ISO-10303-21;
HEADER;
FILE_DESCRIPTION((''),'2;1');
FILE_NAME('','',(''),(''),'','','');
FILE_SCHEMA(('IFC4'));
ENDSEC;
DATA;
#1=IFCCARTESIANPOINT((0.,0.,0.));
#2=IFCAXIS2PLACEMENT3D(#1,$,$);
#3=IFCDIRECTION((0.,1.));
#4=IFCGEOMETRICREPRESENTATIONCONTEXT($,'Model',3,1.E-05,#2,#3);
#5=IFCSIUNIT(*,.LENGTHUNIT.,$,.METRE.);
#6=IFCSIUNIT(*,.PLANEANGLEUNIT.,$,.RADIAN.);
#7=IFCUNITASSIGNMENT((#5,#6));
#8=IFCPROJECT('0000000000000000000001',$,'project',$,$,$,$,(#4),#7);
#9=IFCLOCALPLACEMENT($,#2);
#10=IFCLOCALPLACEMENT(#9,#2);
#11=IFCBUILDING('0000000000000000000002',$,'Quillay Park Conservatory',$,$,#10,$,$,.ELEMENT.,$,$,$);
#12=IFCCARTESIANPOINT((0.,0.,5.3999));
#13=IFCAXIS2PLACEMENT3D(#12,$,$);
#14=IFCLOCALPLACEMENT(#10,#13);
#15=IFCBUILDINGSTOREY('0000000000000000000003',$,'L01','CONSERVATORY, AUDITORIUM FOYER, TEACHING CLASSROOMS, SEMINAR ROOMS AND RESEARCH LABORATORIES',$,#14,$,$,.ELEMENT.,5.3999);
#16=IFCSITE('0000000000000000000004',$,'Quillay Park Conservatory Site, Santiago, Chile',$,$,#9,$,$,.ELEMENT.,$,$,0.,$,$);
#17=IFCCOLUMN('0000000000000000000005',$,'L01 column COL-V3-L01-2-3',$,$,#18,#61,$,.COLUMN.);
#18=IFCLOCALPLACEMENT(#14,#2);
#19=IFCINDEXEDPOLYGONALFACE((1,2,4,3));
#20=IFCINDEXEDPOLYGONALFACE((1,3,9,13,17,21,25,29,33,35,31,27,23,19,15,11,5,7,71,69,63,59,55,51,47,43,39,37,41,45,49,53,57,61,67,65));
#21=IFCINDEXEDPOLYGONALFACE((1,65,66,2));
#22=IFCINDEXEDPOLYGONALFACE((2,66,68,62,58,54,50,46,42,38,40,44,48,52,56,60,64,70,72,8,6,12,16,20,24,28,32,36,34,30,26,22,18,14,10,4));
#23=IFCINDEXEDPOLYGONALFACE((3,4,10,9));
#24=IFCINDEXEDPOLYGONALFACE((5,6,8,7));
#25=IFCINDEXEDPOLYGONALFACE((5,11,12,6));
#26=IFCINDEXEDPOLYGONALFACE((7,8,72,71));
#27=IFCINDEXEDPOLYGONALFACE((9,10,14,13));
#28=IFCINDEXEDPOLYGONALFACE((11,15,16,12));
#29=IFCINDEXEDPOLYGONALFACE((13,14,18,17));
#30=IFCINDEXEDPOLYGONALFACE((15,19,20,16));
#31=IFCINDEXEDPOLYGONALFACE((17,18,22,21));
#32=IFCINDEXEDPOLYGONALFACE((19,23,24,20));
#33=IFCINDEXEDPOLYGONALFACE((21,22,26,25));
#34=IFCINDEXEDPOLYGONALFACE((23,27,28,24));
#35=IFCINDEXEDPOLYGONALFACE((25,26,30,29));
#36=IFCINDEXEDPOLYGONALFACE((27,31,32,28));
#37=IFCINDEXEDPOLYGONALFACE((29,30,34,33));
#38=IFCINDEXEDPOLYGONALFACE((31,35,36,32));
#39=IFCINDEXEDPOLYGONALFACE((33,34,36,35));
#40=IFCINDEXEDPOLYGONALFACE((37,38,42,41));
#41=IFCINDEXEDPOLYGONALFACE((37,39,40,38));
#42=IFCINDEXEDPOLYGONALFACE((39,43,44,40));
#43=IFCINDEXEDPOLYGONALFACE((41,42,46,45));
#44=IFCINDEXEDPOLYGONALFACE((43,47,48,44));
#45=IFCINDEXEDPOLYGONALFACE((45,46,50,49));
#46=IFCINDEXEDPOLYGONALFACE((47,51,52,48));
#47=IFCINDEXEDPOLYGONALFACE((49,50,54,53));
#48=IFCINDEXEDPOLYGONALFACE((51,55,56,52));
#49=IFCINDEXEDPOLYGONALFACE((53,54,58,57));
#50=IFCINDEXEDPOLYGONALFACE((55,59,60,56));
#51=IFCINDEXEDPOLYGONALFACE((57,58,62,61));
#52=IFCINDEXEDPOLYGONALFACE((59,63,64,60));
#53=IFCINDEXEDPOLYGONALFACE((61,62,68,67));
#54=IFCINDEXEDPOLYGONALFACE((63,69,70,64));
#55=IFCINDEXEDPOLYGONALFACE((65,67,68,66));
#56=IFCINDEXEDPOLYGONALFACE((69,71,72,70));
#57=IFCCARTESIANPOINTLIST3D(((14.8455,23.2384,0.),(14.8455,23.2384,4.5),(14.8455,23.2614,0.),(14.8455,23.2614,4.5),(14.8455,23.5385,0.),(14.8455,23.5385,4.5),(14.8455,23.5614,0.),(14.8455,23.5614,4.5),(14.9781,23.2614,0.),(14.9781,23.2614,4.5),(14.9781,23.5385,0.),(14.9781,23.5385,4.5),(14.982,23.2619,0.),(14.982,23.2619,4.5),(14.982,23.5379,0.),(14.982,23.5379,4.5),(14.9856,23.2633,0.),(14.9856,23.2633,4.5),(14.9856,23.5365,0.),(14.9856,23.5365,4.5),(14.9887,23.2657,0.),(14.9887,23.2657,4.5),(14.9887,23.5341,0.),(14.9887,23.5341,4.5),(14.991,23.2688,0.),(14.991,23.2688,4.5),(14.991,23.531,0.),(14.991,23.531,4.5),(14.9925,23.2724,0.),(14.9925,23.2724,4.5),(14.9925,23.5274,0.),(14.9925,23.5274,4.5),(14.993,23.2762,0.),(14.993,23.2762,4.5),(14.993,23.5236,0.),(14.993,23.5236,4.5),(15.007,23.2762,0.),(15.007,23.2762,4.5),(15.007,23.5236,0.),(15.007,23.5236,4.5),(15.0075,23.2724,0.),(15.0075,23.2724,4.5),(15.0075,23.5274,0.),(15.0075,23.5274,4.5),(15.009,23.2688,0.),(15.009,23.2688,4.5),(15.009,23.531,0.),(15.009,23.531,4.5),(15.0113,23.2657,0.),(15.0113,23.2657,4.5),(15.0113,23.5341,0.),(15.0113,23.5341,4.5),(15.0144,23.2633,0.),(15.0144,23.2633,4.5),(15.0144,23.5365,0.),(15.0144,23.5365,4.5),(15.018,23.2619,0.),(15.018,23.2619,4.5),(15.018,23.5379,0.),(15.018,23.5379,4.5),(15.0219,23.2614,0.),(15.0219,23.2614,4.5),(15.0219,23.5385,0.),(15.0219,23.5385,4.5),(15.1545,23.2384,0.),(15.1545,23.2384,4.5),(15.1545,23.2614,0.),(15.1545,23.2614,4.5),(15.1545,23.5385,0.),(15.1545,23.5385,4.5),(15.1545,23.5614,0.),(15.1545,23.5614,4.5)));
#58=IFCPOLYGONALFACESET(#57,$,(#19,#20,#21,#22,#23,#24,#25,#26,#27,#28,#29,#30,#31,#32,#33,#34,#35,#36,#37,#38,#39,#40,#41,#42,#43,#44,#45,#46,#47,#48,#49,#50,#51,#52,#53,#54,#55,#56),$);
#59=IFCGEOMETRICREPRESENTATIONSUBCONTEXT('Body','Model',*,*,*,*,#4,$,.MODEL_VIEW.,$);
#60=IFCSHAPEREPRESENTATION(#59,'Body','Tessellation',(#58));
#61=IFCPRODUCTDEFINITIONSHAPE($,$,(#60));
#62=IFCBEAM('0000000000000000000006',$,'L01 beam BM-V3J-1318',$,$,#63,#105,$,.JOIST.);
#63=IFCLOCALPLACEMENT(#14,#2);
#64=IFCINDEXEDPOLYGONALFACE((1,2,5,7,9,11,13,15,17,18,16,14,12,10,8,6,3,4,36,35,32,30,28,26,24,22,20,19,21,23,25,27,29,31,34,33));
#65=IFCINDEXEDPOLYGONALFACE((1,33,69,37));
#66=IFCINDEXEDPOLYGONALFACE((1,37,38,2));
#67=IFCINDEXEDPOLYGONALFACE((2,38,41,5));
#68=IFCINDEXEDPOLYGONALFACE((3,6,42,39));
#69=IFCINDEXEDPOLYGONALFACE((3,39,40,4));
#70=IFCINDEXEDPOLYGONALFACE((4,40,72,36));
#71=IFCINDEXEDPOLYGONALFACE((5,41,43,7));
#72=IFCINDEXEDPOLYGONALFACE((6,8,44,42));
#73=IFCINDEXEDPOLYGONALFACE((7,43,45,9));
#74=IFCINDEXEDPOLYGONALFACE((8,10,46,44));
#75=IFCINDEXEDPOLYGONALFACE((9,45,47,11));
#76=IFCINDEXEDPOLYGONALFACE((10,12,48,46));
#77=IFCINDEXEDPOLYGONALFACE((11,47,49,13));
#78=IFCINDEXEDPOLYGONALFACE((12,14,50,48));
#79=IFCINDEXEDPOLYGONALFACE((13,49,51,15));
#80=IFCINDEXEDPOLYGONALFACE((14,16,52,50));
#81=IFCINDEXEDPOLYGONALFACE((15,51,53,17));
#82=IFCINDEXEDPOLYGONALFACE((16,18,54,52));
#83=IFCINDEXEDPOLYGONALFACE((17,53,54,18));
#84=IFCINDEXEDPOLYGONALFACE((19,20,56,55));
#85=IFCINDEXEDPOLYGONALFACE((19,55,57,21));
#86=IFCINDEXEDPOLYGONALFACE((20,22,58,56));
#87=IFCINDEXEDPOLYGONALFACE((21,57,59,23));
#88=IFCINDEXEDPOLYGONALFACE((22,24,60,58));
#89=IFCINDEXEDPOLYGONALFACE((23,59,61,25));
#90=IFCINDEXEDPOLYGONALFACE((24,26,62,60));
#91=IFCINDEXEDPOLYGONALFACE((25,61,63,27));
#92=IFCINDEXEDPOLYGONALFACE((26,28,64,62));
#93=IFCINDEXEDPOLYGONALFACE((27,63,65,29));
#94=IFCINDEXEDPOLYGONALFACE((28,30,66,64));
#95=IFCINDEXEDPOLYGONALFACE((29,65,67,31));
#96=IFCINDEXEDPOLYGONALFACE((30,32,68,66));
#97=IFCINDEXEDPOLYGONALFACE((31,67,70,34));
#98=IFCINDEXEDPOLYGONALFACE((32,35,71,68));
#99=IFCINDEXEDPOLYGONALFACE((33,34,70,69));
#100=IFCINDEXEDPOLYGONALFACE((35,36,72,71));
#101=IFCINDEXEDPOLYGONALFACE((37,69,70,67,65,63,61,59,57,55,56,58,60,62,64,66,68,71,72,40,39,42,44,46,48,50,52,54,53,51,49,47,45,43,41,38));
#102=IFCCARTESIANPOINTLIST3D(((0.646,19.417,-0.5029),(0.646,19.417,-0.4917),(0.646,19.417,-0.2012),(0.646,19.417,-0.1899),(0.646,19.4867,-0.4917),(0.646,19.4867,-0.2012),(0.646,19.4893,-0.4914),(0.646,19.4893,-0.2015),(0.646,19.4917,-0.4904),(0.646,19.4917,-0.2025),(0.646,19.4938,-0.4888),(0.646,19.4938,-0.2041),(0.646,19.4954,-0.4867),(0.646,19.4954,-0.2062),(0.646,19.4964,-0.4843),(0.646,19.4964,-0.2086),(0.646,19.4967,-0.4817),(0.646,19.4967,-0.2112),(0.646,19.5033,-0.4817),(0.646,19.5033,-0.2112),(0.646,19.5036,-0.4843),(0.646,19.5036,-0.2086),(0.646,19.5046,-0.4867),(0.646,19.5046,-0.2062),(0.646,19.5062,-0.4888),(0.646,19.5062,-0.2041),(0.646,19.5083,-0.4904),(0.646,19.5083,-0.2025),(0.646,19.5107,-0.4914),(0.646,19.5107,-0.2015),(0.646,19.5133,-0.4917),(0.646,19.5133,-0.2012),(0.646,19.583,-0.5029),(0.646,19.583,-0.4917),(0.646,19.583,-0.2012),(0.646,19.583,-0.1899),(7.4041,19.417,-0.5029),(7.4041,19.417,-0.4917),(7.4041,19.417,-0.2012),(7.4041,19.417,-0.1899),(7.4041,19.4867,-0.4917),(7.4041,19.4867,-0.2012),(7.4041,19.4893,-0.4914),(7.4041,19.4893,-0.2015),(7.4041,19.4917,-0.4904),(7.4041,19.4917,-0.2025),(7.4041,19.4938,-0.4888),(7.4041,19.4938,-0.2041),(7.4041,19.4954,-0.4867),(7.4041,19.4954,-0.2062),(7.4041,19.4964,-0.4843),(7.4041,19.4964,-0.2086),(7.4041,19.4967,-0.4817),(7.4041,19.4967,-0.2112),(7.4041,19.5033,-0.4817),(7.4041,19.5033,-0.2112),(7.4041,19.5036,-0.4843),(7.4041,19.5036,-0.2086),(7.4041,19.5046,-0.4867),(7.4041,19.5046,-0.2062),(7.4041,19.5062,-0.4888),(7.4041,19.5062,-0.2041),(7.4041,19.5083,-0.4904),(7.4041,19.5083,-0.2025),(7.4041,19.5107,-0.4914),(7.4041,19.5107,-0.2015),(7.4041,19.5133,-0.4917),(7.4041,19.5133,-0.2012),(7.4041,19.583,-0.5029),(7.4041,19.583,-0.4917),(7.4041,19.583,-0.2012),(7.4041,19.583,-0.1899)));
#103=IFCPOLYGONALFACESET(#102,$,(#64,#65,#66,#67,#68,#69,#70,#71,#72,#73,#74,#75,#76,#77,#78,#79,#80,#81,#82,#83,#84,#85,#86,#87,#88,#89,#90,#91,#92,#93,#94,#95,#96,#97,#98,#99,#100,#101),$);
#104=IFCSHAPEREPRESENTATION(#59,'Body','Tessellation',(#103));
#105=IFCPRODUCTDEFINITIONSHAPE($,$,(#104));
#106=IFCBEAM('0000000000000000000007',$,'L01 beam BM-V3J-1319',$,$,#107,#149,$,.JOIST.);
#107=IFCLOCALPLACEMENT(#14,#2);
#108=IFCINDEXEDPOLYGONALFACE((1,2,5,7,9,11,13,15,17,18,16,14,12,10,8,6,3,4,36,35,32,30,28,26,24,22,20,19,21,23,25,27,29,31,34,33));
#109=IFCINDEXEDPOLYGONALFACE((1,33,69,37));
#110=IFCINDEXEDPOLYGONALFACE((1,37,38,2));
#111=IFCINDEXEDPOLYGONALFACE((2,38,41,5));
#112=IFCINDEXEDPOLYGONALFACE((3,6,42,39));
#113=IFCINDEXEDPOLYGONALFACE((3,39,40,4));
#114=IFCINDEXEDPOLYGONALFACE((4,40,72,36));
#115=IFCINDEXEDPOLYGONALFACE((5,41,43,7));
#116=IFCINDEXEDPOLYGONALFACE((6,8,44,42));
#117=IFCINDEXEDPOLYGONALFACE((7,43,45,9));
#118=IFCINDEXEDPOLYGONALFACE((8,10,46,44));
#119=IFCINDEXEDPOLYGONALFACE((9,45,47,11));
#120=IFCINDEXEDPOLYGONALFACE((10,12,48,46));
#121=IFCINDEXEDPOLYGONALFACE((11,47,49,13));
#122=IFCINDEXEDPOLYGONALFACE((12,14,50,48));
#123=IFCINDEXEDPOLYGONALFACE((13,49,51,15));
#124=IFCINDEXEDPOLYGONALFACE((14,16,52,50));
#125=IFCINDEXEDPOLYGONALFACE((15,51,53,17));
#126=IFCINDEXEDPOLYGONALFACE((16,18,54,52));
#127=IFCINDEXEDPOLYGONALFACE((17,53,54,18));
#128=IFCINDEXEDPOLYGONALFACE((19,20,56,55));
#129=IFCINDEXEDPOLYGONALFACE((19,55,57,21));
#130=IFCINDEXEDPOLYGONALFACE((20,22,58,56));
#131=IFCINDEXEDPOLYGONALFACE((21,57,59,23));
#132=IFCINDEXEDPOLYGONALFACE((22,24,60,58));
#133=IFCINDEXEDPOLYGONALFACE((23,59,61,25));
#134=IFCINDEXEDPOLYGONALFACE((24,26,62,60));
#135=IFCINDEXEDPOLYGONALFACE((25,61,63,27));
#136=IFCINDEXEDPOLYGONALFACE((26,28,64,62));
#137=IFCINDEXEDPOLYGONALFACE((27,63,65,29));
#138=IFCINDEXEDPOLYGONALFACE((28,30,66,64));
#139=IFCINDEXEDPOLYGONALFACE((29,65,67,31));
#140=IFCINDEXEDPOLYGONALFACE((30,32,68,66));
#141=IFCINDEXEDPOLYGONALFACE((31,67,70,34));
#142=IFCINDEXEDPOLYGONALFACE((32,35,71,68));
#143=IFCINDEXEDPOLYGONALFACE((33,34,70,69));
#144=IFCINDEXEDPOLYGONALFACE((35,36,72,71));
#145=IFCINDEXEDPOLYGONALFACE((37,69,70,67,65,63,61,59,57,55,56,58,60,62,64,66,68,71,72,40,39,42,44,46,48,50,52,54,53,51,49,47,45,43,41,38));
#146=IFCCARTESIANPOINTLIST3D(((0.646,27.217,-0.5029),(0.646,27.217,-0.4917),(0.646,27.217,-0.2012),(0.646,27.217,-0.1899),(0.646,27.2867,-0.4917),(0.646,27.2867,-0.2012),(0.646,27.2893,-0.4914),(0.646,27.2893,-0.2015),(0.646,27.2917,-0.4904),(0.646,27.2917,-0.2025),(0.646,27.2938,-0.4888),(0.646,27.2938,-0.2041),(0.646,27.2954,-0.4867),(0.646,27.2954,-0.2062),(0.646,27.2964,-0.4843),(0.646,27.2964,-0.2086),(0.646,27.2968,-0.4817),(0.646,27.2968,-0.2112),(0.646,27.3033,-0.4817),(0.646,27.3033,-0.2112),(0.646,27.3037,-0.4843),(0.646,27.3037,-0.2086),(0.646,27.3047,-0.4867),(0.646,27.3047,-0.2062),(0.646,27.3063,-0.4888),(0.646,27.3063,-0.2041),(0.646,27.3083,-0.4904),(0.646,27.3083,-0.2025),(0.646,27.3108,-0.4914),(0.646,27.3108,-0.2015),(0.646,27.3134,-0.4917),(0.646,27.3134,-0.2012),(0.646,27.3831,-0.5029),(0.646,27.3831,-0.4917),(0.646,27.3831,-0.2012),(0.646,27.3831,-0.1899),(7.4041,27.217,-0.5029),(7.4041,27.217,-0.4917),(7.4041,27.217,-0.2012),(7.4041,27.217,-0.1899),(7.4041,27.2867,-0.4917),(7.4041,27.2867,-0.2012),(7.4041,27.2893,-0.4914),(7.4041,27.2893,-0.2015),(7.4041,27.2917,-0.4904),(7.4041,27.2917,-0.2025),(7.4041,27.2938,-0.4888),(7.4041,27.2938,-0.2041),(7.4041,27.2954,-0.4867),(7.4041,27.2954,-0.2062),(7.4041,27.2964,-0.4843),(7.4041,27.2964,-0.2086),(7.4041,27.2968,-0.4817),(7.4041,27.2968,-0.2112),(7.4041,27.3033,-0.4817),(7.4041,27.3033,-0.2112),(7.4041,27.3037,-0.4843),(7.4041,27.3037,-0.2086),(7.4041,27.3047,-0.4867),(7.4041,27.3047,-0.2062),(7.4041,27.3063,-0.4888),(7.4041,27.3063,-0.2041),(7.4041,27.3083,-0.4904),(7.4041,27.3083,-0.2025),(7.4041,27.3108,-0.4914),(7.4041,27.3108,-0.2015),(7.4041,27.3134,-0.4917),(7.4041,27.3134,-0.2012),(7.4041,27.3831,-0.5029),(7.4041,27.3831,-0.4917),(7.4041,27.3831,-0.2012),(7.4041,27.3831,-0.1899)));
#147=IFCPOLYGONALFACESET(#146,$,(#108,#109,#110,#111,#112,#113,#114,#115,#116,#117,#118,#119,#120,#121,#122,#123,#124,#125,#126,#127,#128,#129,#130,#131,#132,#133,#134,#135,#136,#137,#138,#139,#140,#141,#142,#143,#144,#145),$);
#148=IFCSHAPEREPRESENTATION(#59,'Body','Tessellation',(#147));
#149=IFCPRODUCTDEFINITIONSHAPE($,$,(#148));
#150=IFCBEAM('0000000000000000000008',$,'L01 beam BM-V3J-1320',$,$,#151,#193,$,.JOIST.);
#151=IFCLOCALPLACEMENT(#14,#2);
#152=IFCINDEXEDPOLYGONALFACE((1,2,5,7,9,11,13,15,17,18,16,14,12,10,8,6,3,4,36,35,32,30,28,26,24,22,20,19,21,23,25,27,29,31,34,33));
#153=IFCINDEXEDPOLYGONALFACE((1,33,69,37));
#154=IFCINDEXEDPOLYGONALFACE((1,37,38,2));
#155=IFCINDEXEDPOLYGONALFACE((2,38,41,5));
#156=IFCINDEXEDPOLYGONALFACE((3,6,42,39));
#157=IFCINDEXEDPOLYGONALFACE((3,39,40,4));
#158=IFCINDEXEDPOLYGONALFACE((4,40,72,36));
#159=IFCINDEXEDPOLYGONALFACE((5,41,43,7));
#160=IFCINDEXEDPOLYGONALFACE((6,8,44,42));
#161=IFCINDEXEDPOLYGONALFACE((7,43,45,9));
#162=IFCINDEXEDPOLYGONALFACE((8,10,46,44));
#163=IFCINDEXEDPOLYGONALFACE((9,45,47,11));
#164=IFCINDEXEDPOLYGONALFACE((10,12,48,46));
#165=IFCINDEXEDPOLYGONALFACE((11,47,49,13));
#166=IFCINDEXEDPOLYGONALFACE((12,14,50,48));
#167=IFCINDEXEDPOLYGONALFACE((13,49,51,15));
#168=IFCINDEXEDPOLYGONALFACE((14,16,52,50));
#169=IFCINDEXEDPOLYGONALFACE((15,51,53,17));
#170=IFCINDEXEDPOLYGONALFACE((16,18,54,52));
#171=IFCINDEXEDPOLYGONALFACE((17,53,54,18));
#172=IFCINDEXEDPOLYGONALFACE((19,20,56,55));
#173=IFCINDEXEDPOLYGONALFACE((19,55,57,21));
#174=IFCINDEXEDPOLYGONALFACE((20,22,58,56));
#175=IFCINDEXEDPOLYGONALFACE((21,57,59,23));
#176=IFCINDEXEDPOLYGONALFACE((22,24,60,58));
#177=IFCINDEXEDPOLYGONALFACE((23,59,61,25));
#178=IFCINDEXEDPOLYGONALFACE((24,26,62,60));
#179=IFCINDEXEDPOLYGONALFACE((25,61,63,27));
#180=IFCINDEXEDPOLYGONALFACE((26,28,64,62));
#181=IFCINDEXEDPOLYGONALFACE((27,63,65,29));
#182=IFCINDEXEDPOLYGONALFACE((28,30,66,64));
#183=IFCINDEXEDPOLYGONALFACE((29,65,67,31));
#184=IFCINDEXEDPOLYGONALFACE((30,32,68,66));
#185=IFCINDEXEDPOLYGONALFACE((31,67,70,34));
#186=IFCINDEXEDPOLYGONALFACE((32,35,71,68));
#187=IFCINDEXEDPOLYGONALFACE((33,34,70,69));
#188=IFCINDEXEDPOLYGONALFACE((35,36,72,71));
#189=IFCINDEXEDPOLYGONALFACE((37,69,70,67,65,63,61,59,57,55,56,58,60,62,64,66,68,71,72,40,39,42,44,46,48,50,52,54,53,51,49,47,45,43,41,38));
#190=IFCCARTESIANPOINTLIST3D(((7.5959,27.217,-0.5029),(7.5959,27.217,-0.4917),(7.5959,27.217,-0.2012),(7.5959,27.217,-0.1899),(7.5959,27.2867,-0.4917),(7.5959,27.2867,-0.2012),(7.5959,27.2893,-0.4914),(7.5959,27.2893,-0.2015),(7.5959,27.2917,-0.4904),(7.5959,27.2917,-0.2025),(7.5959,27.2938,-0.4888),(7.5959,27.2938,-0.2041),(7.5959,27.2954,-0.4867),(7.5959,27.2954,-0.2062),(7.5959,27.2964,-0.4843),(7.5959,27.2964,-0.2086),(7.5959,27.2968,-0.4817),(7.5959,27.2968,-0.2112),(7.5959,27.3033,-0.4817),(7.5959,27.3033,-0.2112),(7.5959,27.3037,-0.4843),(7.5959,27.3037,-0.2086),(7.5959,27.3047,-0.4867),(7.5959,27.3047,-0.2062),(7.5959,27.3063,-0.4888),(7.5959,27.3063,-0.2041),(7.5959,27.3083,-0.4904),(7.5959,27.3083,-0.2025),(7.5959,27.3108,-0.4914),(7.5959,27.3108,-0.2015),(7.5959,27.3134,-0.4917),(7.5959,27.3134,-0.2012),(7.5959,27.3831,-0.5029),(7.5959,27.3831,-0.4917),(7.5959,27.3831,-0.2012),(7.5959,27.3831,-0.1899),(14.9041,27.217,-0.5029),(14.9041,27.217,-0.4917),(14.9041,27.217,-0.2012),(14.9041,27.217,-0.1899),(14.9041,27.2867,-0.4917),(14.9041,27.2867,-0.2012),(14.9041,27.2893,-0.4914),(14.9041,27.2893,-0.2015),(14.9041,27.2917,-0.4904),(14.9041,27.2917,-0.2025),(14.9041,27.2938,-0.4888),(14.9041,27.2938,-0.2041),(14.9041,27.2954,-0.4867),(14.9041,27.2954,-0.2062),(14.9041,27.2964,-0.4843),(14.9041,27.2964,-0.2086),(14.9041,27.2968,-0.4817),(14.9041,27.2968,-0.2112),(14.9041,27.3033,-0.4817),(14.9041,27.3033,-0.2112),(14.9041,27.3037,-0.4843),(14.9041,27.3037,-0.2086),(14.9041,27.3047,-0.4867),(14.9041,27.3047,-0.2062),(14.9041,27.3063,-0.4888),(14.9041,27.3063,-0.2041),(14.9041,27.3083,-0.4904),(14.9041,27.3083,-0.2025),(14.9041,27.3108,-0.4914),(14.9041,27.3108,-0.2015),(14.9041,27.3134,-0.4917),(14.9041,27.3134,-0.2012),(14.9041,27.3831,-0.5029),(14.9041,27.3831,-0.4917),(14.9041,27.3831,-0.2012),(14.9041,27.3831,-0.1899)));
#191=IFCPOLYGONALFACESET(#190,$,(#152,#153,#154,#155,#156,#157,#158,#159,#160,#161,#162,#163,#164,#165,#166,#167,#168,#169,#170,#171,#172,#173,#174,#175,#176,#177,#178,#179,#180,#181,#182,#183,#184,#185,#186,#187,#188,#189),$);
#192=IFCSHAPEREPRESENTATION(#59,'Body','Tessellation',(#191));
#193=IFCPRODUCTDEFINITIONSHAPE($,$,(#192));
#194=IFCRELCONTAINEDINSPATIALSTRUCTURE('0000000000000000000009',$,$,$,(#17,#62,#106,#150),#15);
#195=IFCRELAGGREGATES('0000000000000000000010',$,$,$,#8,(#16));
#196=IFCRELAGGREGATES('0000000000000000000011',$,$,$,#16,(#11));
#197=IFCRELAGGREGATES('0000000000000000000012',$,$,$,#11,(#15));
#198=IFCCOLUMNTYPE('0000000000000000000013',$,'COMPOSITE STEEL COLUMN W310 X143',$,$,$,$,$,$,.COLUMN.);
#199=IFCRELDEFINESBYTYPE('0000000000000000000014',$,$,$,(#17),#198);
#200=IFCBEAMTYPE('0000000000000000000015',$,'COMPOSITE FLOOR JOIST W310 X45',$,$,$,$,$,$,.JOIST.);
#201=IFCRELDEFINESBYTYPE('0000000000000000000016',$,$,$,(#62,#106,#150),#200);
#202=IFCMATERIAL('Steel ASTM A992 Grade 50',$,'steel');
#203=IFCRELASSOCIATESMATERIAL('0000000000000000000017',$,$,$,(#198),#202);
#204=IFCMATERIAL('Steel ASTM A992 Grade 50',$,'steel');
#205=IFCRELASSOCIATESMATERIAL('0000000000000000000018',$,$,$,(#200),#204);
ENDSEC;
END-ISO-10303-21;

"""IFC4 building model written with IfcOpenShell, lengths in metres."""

from ifc_helpers import new_model, si_unit, direction, frame, origin, origin_2d, place, context, subcontext, project, spatial, i_section, extrude, material, material_profile, profile_set, type_object, element, save


model = new_model("IFC4")

# Units and contexts
model_context = context("Model", 3, precision=1e-05, world=origin(), true_north=direction((0.0, 1.0)))
body_context = subcontext(model_context, "Body", "Model", "MODEL_VIEW")
ifc_project = project(units=[si_unit("LENGTHUNIT", "METRE"), si_unit("PLANEANGLEUNIT", "RADIAN")], contexts=[model_context])

# Site, building, storey
site_placement = place(None, origin())
site = spatial("IfcSite", under=ifc_project, at=site_placement, Name="Quillay Park Conservatory Site, Santiago, Chile", CompositionType="ELEMENT", RefElevation=0.0)
building_placement = place(site_placement, origin())
building = spatial("IfcBuilding", under=site, at=building_placement, Name="Quillay Park Conservatory", CompositionType="ELEMENT")
storey_placement = place(building_placement, frame((0.0, 0.0, 5.3999)))
storey = spatial("IfcBuildingStorey", under=building, at=storey_placement, Name="L01", Description="CONSERVATORY, AUDITORIUM FOYER, TEACHING CLASSROOMS, SEMINAR ROOMS AND RESEARCH LABORATORIES", CompositionType="ELEMENT", Elevation=5.3999)

# Column
ifc_material_1 = material(Name="Steel ASTM A992 Grade 50", Category="steel")
ifc_material_profile_1 = material_profile(ifc_material_1, i_section(OverallWidth=0.3091, OverallDepth=0.323, WebThickness=0.0139, FlangeThickness=0.0229, FilletRadius=0.0149, at=origin_2d()), Name="W310x143")
ifc_profile_set_1 = profile_set([ifc_material_profile_1], Name="Steel ASTM A992 Grade 50")
column_type = type_object("IfcColumnType", Name="COMPOSITE STEEL COLUMN W310 X143", PredefinedType="COLUMN", material=ifc_profile_set_1)
for number, where, z_axis, x_axis, name in (
    (1, (15.0, 23.3999, 0.0), (0.0, 0.0, 1.0), (1.0, 0.0, 0.0), "L01 column COL-V3-L01-2-3"),
):
    element("IfcColumn", number, at=place(storey_placement, frame(where, z_axis=z_axis, x_axis=x_axis)), inside=storey, type_object=column_type, Name=name, PredefinedType="COLUMN", context=body_context, shape_type="SweptSolid", body=[
        extrude(i_section(OverallWidth=0.3091, OverallDepth=0.323, WebThickness=0.0139, FlangeThickness=0.0229, FilletRadius=0.0149, at=origin_2d()), origin(), (0.0, 0.0, 1.0), 4.5),
    ])

# Beams
ifc_material_2 = material(Name="Steel ASTM A992 Grade 50", Category="steel")
ifc_material_profile_2 = material_profile(ifc_material_2, i_section(OverallWidth=0.166, OverallDepth=0.313, WebThickness=0.0066, FlangeThickness=0.0112, FilletRadius=0.01, at=origin_2d()), Name="W310x45")
ifc_profile_set_2 = profile_set([ifc_material_profile_2], Name="Steel ASTM A992 Grade 50")
beam_type_1 = type_object("IfcBeamType", Name="COMPOSITE FLOOR JOIST W310 X45", PredefinedType="JOIST", material=ifc_profile_set_2)
for number, where, z_axis, x_axis, name in (
    (2, (0.646, 19.5, -0.3464), (1.0, 0.0, 0.0), (0.0, 1.0, 0.0), "L01 beam BM-V3J-1318"),
    (3, (0.646, 27.3, -0.3464), (1.0, 0.0, 0.0), (0.0, 1.0, 0.0), "L01 beam BM-V3J-1319"),
):
    element("IfcBeam", number, at=place(storey_placement, frame(where, z_axis=z_axis, x_axis=x_axis)), inside=storey, type_object=beam_type_1, Name=name, PredefinedType="JOIST", context=body_context, shape_type="SweptSolid", body=[
        extrude(i_section(OverallWidth=0.166, OverallDepth=0.313, WebThickness=0.0066, FlangeThickness=0.0112, FilletRadius=0.01, at=origin_2d()), origin(), (0.0, 0.0, 1.0), 6.7581),
    ])
beam_1_placement = place(storey_placement, frame((7.5959, 27.3, -0.3464), z_axis=(1.0, 0.0, 0.0), x_axis=(0.0, 1.0, 0.0)))
element("IfcBeam", 4, at=beam_1_placement, inside=storey, type_object=beam_type_1, Name="L01 beam BM-V3J-1320", PredefinedType="JOIST", context=body_context, shape_type="SweptSolid", body=[
    extrude(i_section(OverallWidth=0.166, OverallDepth=0.313, WebThickness=0.0066, FlangeThickness=0.0112, FilletRadius=0.01, at=origin_2d()), origin(), (0.0, 0.0, 1.0), 7.3081),
])

save(model, "model.ifc")
